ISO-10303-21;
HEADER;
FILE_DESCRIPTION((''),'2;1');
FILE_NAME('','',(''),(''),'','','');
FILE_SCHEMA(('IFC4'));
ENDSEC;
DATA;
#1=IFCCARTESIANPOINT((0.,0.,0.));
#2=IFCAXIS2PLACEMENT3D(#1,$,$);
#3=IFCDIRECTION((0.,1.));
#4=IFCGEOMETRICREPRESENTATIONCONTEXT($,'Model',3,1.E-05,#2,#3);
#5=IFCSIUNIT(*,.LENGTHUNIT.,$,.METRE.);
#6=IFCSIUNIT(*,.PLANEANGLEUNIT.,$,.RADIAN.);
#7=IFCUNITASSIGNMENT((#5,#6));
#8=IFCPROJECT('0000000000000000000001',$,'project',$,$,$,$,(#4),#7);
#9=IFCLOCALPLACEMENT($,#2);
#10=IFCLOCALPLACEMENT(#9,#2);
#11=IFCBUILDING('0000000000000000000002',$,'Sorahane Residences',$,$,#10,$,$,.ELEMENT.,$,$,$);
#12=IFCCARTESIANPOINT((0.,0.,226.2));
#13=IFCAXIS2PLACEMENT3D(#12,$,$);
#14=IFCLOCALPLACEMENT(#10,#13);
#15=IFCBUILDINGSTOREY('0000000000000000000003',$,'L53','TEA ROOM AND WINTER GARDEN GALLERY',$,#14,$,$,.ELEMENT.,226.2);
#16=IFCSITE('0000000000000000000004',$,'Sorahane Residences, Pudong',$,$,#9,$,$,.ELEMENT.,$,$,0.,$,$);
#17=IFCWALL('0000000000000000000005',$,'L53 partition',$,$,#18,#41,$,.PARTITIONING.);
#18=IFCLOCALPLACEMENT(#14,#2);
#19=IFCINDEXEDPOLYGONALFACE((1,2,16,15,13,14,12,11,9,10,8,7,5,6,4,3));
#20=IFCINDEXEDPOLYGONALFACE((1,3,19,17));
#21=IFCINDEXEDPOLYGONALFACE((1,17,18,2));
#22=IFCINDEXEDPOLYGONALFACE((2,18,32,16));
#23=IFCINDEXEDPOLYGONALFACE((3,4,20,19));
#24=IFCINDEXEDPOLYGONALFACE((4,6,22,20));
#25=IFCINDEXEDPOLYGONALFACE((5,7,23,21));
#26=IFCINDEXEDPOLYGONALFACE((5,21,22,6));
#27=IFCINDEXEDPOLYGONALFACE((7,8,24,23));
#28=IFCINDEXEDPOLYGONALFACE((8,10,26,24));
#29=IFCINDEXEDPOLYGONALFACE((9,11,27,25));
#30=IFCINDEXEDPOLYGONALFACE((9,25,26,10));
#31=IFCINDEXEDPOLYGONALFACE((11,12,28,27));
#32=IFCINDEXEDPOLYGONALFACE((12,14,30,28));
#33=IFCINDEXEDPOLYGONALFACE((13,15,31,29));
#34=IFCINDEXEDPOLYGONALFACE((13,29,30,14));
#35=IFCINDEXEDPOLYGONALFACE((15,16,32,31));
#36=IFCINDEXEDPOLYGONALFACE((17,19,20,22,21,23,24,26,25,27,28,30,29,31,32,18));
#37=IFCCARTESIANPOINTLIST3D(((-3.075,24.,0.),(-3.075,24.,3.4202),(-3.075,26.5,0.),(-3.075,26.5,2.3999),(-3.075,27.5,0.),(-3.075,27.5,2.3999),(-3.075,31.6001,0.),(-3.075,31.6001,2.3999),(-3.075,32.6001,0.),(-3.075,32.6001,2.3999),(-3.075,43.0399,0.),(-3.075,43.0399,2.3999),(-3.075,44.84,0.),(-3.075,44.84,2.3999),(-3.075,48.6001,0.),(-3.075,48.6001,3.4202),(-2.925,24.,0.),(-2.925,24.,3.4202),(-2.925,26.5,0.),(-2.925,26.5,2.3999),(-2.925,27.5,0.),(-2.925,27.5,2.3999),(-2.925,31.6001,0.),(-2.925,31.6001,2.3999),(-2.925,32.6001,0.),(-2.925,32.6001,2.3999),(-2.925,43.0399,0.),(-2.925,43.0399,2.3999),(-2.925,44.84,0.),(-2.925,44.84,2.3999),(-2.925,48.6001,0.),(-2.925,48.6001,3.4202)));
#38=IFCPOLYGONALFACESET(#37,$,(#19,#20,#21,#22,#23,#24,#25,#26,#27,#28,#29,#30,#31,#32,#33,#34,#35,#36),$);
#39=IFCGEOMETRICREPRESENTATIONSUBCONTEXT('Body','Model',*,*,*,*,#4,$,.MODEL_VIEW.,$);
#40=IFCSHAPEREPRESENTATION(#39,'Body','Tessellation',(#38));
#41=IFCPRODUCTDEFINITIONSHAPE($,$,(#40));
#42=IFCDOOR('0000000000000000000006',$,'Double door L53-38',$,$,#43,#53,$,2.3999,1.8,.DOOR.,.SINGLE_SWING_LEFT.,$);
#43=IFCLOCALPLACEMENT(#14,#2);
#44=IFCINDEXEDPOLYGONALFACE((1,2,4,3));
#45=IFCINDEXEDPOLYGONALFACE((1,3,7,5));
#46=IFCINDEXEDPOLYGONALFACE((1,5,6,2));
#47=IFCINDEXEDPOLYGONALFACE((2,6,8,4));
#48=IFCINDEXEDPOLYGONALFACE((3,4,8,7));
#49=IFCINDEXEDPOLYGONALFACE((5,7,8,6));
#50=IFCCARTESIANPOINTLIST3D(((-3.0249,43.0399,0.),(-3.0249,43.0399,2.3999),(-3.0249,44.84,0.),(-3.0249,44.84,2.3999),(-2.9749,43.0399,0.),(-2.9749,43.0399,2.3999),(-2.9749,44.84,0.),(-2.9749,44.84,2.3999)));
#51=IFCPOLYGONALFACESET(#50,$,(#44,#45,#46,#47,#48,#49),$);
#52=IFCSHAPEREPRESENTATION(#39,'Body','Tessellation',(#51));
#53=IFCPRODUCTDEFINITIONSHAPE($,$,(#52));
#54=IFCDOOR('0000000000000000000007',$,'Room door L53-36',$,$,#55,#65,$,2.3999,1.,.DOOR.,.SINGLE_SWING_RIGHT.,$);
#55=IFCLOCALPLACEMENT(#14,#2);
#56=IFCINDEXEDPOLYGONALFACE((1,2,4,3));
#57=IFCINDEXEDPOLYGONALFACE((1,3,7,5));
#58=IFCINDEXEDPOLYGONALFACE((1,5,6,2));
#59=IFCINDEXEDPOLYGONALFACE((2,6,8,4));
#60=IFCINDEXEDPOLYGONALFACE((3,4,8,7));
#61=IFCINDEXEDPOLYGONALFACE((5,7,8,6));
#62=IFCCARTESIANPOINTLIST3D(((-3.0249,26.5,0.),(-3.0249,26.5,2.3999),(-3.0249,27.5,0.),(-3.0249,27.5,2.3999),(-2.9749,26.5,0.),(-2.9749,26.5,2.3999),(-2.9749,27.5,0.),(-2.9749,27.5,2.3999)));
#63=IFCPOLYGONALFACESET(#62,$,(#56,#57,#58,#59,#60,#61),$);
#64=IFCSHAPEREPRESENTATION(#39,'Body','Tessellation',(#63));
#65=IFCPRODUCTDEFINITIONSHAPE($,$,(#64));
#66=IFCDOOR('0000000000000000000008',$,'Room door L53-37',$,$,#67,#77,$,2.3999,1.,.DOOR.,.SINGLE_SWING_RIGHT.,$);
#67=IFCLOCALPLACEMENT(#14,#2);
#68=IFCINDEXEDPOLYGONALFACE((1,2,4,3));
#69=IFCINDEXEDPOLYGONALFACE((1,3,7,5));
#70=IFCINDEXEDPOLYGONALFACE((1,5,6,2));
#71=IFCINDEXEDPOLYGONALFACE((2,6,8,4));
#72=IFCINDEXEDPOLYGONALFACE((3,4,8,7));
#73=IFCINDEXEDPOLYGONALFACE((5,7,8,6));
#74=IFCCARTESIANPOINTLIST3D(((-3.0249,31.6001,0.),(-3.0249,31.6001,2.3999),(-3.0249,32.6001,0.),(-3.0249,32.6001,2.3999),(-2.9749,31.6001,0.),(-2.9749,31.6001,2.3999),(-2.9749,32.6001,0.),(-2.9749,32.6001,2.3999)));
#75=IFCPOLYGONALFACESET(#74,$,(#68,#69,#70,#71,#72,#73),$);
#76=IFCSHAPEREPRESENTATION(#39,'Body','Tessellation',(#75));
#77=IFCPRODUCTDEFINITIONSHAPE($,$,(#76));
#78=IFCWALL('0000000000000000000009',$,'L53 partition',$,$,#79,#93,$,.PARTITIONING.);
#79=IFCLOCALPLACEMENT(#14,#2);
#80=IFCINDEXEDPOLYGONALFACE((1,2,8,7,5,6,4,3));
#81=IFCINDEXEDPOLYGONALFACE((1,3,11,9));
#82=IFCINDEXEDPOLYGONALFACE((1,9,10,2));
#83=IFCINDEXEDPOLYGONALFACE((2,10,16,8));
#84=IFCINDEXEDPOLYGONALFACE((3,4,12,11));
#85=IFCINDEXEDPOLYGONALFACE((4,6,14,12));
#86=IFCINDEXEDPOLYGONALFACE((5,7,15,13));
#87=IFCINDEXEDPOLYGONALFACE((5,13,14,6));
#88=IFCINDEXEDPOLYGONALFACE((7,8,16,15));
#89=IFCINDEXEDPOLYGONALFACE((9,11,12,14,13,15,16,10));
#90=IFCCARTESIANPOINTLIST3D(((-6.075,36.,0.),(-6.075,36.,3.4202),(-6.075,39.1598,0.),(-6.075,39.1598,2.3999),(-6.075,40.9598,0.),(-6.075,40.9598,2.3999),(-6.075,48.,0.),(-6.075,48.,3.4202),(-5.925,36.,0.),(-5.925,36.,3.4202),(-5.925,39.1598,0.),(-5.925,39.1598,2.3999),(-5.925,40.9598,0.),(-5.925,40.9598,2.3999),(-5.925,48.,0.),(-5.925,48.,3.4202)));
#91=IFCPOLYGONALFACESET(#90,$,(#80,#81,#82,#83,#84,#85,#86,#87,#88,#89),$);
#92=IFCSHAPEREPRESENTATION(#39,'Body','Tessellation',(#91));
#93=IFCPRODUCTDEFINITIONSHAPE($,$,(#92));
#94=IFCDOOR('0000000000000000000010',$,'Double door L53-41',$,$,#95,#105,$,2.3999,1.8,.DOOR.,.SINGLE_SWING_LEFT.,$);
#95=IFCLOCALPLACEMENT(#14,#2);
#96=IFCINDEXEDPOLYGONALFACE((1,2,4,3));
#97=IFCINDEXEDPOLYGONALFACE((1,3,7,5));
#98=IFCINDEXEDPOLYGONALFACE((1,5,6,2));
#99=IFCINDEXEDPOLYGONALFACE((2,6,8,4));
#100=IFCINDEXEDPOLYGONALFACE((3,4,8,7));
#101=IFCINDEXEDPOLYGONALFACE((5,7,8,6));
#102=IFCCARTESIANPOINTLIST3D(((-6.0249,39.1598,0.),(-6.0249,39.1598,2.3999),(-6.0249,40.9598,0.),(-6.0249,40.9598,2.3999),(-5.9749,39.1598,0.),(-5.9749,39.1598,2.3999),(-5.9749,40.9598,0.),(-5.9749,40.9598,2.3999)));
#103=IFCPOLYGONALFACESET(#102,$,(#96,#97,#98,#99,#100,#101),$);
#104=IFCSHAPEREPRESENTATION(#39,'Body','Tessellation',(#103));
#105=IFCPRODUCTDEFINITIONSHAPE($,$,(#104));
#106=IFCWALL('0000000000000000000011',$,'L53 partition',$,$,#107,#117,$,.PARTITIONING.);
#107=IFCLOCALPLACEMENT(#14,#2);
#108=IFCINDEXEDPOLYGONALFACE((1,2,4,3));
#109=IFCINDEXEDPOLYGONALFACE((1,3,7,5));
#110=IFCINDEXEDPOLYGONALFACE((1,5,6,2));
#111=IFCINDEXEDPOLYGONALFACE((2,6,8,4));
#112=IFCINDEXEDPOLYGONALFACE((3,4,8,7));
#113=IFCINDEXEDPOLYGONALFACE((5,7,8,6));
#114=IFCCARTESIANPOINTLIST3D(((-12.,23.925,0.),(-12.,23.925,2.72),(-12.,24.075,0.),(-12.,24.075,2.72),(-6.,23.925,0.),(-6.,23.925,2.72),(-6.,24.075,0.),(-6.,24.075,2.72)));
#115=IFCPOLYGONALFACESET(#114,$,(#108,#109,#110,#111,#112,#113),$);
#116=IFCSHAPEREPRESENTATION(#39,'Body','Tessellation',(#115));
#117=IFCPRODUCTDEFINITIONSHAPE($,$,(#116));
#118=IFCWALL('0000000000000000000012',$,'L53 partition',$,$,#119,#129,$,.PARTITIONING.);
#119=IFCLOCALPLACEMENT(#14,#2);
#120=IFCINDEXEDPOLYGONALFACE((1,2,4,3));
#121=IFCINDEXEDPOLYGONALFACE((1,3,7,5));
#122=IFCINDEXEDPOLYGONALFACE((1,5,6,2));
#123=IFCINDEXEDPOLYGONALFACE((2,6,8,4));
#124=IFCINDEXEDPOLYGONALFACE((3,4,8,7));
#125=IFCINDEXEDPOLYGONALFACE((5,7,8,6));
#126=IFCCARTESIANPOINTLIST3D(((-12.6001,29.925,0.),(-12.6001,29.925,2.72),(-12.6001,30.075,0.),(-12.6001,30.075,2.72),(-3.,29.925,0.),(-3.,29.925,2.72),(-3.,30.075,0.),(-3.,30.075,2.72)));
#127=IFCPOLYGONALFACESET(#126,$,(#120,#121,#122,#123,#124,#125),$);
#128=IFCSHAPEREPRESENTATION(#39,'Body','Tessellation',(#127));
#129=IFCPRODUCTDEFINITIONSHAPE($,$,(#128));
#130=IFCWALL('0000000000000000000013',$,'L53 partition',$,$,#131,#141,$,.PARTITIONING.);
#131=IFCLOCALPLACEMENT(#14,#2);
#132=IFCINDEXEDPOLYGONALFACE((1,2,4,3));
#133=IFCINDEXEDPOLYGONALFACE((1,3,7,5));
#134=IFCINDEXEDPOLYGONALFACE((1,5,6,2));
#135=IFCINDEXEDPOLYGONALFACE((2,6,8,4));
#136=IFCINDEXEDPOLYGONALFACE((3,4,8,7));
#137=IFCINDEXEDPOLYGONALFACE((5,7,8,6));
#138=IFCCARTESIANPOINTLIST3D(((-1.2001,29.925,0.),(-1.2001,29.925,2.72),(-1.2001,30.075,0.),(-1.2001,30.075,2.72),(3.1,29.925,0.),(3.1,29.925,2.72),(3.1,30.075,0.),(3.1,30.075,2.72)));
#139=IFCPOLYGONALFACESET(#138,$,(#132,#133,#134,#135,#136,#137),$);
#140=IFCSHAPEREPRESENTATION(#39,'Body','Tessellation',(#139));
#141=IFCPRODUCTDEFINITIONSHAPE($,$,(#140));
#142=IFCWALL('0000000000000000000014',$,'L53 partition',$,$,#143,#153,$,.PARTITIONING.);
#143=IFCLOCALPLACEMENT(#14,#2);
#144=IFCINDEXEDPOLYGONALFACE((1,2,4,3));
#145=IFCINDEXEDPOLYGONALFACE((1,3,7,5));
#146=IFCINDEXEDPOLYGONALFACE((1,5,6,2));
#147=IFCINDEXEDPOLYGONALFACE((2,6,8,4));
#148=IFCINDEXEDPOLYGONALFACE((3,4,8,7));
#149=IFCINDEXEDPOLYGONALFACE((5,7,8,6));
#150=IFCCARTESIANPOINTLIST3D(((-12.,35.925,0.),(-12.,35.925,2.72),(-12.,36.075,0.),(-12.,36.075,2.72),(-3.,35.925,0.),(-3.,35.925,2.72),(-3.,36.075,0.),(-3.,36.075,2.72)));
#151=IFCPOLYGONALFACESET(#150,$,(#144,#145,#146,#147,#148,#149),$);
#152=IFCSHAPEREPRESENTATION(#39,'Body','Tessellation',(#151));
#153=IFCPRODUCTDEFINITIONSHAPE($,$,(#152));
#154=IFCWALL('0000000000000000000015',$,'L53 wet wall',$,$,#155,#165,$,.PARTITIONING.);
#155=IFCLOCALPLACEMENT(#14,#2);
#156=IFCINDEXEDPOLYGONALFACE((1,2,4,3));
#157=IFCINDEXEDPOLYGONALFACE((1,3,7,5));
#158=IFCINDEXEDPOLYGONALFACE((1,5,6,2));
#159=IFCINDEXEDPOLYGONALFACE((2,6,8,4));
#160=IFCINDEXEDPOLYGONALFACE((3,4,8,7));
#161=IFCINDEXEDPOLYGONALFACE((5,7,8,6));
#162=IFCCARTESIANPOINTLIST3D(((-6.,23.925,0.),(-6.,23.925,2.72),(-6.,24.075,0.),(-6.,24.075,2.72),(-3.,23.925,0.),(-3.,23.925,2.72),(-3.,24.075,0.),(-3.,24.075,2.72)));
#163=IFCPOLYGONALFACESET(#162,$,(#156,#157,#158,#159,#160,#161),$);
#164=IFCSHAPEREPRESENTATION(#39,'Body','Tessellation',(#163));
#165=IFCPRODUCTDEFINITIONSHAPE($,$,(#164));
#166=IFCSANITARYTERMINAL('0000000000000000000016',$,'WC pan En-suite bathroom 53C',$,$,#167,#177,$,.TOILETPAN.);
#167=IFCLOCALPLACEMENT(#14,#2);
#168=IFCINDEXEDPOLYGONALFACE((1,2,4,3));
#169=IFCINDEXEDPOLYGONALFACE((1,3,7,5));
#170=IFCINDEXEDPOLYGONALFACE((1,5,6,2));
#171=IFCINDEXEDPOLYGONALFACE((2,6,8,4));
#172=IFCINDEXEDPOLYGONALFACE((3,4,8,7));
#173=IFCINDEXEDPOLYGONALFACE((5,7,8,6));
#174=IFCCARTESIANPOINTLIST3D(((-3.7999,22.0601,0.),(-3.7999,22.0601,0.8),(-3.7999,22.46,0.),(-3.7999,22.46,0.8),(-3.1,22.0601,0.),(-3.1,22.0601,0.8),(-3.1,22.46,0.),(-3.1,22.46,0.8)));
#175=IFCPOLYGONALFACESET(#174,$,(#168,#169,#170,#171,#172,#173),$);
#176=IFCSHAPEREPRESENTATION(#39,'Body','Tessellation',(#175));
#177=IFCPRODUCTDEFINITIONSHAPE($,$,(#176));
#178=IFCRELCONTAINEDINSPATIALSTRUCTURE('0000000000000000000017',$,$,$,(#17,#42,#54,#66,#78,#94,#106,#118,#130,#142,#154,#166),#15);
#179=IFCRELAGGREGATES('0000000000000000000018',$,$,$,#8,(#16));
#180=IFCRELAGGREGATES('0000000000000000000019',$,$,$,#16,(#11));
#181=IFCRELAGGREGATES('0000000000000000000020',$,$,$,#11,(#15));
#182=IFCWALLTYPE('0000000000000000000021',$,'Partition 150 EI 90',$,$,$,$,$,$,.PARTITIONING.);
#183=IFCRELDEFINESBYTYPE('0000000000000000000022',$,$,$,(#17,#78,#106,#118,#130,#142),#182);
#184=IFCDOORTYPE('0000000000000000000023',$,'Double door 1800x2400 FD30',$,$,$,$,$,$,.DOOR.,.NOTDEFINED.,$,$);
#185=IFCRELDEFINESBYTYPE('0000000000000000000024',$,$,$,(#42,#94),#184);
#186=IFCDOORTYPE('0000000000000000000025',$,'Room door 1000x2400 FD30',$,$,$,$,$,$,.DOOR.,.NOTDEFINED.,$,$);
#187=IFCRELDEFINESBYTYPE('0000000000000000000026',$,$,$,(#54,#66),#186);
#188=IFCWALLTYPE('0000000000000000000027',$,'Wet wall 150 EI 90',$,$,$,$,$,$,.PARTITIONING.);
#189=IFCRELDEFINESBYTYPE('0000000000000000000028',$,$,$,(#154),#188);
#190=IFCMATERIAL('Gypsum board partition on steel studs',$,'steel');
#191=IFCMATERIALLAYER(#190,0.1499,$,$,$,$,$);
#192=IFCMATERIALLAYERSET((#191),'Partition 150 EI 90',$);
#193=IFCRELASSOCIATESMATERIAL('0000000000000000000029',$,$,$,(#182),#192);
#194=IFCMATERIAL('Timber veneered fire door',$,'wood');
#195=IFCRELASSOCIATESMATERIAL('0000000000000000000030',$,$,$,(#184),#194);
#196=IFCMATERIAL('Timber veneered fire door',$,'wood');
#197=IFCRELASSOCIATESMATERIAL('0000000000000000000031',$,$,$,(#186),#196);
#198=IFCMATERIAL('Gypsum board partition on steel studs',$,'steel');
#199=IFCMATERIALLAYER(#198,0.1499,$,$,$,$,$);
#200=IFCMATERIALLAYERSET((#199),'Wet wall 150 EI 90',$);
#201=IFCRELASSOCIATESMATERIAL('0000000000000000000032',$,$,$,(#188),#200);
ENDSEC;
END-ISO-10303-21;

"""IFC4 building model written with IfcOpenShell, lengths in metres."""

from ifc_helpers import new_model, si_unit, direction, frame, frame_2d, origin, origin_2d, place, context, subcontext, project, spatial, rectangle, extrude, material, layer, layer_set, type_object, element, fill, save


model = new_model("IFC4")

# Units and contexts
model_context = context("Model", 3, precision=1e-05, world=origin(), true_north=direction((0.0, 1.0)))
body_context = subcontext(model_context, "Body", "Model", "MODEL_VIEW")
ifc_project = project(units=[si_unit("LENGTHUNIT", "METRE"), si_unit("PLANEANGLEUNIT", "RADIAN")], contexts=[model_context])

# Site, building, storey
site_placement = place(None, origin())
site = spatial("IfcSite", under=ifc_project, at=site_placement, Name="Sorahane Residences, Pudong", CompositionType="ELEMENT", RefElevation=0.0)
building_placement = place(site_placement, origin())
building = spatial("IfcBuilding", under=site, at=building_placement, Name="Sorahane Residences", CompositionType="ELEMENT")
storey_placement = place(building_placement, frame((0.0, 0.0, 226.2)))
storey = spatial("IfcBuildingStorey", under=building, at=storey_placement, Name="L53", Description="TEA ROOM AND WINTER GARDEN GALLERY", CompositionType="ELEMENT", Elevation=226.2)

# Wall, openings, doors
ifc_material_1 = material(Name="Gypsum board partition on steel studs", Category="steel")
ifc_layer_1 = layer(ifc_material_1, 0.1499)
ifc_layer_set_1 = layer_set([ifc_layer_1], Name="Partition 150 EI 90")
wall_type_1 = type_object("IfcWallType", Name="Partition 150 EI 90", PredefinedType="PARTITIONING", material=ifc_layer_set_1)
wall_1_placement = place(storey_placement, frame((-3.0, 24.0, 0.0), z_axis=(0.0, 0.0, 1.0), x_axis=(0.0, 1.0, 0.0)))
wall_1 = element("IfcWall", 1, at=wall_1_placement, inside=storey, type_object=wall_type_1, Name="L53 partition", PredefinedType="PARTITIONING", context=body_context, shape_type="SweptSolid", body=[
    extrude(rectangle(XDim=24.6001, YDim=0.1499, at=frame_2d((12.3, 0.0))), origin(), (0.0, 0.0, 1.0), 3.4202),
])
opening_1_placement = place(wall_1_placement, frame((2.5, 0.0, 0.0)))
opening_1 = element("IfcOpeningElement", 2, at=opening_1_placement, cuts=wall_1, PredefinedType="OPENING", context=body_context, shape_type="SweptSolid", body=[
    extrude(rectangle(XDim=1.0, YDim=2.3999, at=frame_2d((0.5, 1.2))), frame((0.0, 0.085, 0.0), z_axis=(0.0, -1.0, 0.0), x_axis=(1.0, 0.0, 0.0)), (0.0, 0.0, 1.0), 0.1699),
])
opening_2_placement = place(wall_1_placement, frame((7.6001, 0.0, 0.0)))
opening_2 = element("IfcOpeningElement", 3, at=opening_2_placement, cuts=wall_1, PredefinedType="OPENING", context=body_context, shape_type="SweptSolid", body=[
    extrude(rectangle(XDim=1.0, YDim=2.3999, at=frame_2d((0.5, 1.2))), frame((0.0, 0.085, 0.0), z_axis=(0.0, -1.0, 0.0), x_axis=(1.0, 0.0, 0.0)), (0.0, 0.0, 1.0), 0.1699),
])
opening_3_placement = place(wall_1_placement, frame((19.04, 0.0, 0.0)))
opening_3 = element("IfcOpeningElement", 4, at=opening_3_placement, cuts=wall_1, PredefinedType="OPENING", context=body_context, shape_type="SweptSolid", body=[
    extrude(rectangle(XDim=1.8, YDim=2.3999, at=frame_2d((0.8999, 1.2))), frame((0.0, 0.085, 0.0), z_axis=(0.0, -1.0, 0.0), x_axis=(1.0, 0.0, 0.0)), (0.0, 0.0, 1.0), 0.1699),
])
ifc_material_2 = material(Name="Timber veneered fire door", Category="wood")
door_type_1 = type_object("IfcDoorType", Name="Double door 1800x2400 FD30", OperationType="NOTDEFINED", PredefinedType="DOOR", material=ifc_material_2)
door_1_placement = place(opening_3_placement, origin())
door_1 = element("IfcDoor", 5, at=door_1_placement, inside=storey, type_object=door_type_1, Name="Double door L53-38", OperationType="SINGLE_SWING_LEFT", OverallHeight=2.3999, OverallWidth=1.8, PredefinedType="DOOR", context=body_context, shape_type="SweptSolid", body=[
    extrude(rectangle(XDim=1.8, YDim=2.3999, at=frame_2d((0.8999, 1.2))), frame((0.0, 0.0249, 0.0), z_axis=(0.0, -1.0, 0.0), x_axis=(1.0, 0.0, 0.0)), (0.0, 0.0, 1.0), 0.05),
])
fill(opening_3, door_1)
ifc_material_3 = material(Name="Timber veneered fire door", Category="wood")
door_type_2 = type_object("IfcDoorType", Name="Room door 1000x2400 FD30", OperationType="NOTDEFINED", PredefinedType="DOOR", material=ifc_material_3)
door_2_placement = place(opening_1_placement, origin())
door_2 = element("IfcDoor", 6, at=door_2_placement, inside=storey, type_object=door_type_2, Name="Room door L53-36", OperationType="SINGLE_SWING_RIGHT", OverallHeight=2.3999, OverallWidth=1.0, PredefinedType="DOOR", context=body_context, shape_type="SweptSolid", body=[
    extrude(rectangle(XDim=1.0, YDim=2.3999, at=frame_2d((0.5, 1.2))), frame((0.0, 0.0249, 0.0), z_axis=(0.0, -1.0, 0.0), x_axis=(1.0, 0.0, 0.0)), (0.0, 0.0, 1.0), 0.05),
])
fill(opening_1, door_2)
door_3_placement = place(opening_2_placement, origin())
door_3 = element("IfcDoor", 7, at=door_3_placement, inside=storey, type_object=door_type_2, Name="Room door L53-37", OperationType="SINGLE_SWING_RIGHT", OverallHeight=2.3999, OverallWidth=1.0, PredefinedType="DOOR", context=body_context, shape_type="SweptSolid", body=[
    extrude(rectangle(XDim=1.0, YDim=2.3999, at=frame_2d((0.5, 1.2))), frame((0.0, 0.0249, 0.0), z_axis=(0.0, -1.0, 0.0), x_axis=(1.0, 0.0, 0.0)), (0.0, 0.0, 1.0), 0.05),
])
fill(opening_2, door_3)

# Wall, opening, door
wall_2_placement = place(storey_placement, frame((-6.0, 36.0, 0.0), z_axis=(0.0, 0.0, 1.0), x_axis=(0.0, 1.0, 0.0)))
wall_2 = element("IfcWall", 8, at=wall_2_placement, inside=storey, type_object=wall_type_1, Name="L53 partition", PredefinedType="PARTITIONING", context=body_context, shape_type="SweptSolid", body=[
    extrude(rectangle(XDim=12.0, YDim=0.1499, at=frame_2d((6.0, 0.0))), origin(), (0.0, 0.0, 1.0), 3.4202),
])
opening_4_placement = place(wall_2_placement, frame((3.1599, 0.0, 0.0)))
opening_4 = element("IfcOpeningElement", 9, at=opening_4_placement, cuts=wall_2, PredefinedType="OPENING", context=body_context, shape_type="SweptSolid", body=[
    extrude(rectangle(XDim=1.8, YDim=2.3999, at=frame_2d((0.8999, 1.2))), frame((0.0, 0.085, 0.0), z_axis=(0.0, -1.0, 0.0), x_axis=(1.0, 0.0, 0.0)), (0.0, 0.0, 1.0), 0.1699),
])
door_4_placement = place(opening_4_placement, origin())
door_4 = element("IfcDoor", 10, at=door_4_placement, inside=storey, type_object=door_type_1, Name="Double door L53-41", OperationType="SINGLE_SWING_LEFT", OverallHeight=2.3999, OverallWidth=1.8, PredefinedType="DOOR", context=body_context, shape_type="SweptSolid", body=[
    extrude(rectangle(XDim=1.8, YDim=2.3999, at=frame_2d((0.8999, 1.2))), frame((0.0, 0.0249, 0.0), z_axis=(0.0, -1.0, 0.0), x_axis=(1.0, 0.0, 0.0)), (0.0, 0.0, 1.0), 0.05),
])
fill(opening_4, door_4)

# Walls
wall_3_placement = place(storey_placement, frame((-12.0, 24.0, 0.0), z_axis=(0.0, 0.0, 1.0), x_axis=(1.0, 0.0, 0.0)))
element("IfcWall", 11, at=wall_3_placement, inside=storey, type_object=wall_type_1, Name="L53 partition", PredefinedType="PARTITIONING", context=body_context, shape_type="SweptSolid", body=[
    extrude(rectangle(XDim=6.0, YDim=0.1499, at=frame_2d((3.0, 0.0))), origin(), (0.0, 0.0, 1.0), 2.72),
])
wall_4_placement = place(storey_placement, frame((-12.6001, 30.0, 0.0), z_axis=(0.0, 0.0, 1.0), x_axis=(1.0, 0.0, 0.0)))
element("IfcWall", 12, at=wall_4_placement, inside=storey, type_object=wall_type_1, Name="L53 partition", PredefinedType="PARTITIONING", context=body_context, shape_type="SweptSolid", body=[
    extrude(rectangle(XDim=9.6001, YDim=0.1499, at=frame_2d((4.8, 0.0))), origin(), (0.0, 0.0, 1.0), 2.72),
])
wall_5_placement = place(storey_placement, frame((-1.2, 30.0, 0.0), z_axis=(0.0, 0.0, 1.0), x_axis=(1.0, 0.0, 0.0)))
element("IfcWall", 13, at=wall_5_placement, inside=storey, type_object=wall_type_1, Name="L53 partition", PredefinedType="PARTITIONING", context=body_context, shape_type="SweptSolid", body=[
    extrude(rectangle(XDim=4.3, YDim=0.1499, at=frame_2d((2.1499, 0.0))), origin(), (0.0, 0.0, 1.0), 2.72),
])
wall_6_placement = place(storey_placement, frame((-12.0, 36.0, 0.0), z_axis=(0.0, 0.0, 1.0), x_axis=(1.0, 0.0, 0.0)))
element("IfcWall", 14, at=wall_6_placement, inside=storey, type_object=wall_type_1, Name="L53 partition", PredefinedType="PARTITIONING", context=body_context, shape_type="SweptSolid", body=[
    extrude(rectangle(XDim=9.0, YDim=0.1499, at=frame_2d((4.5, 0.0))), origin(), (0.0, 0.0, 1.0), 2.72),
])
ifc_material_4 = material(Name="Gypsum board partition on steel studs", Category="steel")
ifc_layer_2 = layer(ifc_material_4, 0.1499)
ifc_layer_set_2 = layer_set([ifc_layer_2], Name="Wet wall 150 EI 90")
wall_type_2 = type_object("IfcWallType", Name="Wet wall 150 EI 90", PredefinedType="PARTITIONING", material=ifc_layer_set_2)
wall_7_placement = place(storey_placement, frame((-6.0, 24.0, 0.0), z_axis=(0.0, 0.0, 1.0), x_axis=(1.0, 0.0, 0.0)))
element("IfcWall", 15, at=wall_7_placement, inside=storey, type_object=wall_type_2, Name="L53 wet wall", PredefinedType="PARTITIONING", context=body_context, shape_type="SweptSolid", body=[
    extrude(rectangle(XDim=3.0, YDim=0.1499, at=frame_2d((1.5, 0.0))), origin(), (0.0, 0.0, 1.0), 2.72),
])

# Sanitary terminal
sanitary_terminal_1_placement = place(storey_placement, frame((-3.45, 22.26, 0.0), z_axis=(0.0, 0.0, 1.0), x_axis=(0.0, -1.0, 0.0)))
element("IfcSanitaryTerminal", 16, at=sanitary_terminal_1_placement, inside=storey, Name="WC pan En-suite bathroom 53C", PredefinedType="TOILETPAN", context=body_context, shape_type="SweptSolid", body=[
    extrude(rectangle(XDim=0.3999, YDim=0.7, at=origin_2d()), origin(), (0.0, 0.0, 1.0), 0.8),
])

save(model, "model.ifc")
